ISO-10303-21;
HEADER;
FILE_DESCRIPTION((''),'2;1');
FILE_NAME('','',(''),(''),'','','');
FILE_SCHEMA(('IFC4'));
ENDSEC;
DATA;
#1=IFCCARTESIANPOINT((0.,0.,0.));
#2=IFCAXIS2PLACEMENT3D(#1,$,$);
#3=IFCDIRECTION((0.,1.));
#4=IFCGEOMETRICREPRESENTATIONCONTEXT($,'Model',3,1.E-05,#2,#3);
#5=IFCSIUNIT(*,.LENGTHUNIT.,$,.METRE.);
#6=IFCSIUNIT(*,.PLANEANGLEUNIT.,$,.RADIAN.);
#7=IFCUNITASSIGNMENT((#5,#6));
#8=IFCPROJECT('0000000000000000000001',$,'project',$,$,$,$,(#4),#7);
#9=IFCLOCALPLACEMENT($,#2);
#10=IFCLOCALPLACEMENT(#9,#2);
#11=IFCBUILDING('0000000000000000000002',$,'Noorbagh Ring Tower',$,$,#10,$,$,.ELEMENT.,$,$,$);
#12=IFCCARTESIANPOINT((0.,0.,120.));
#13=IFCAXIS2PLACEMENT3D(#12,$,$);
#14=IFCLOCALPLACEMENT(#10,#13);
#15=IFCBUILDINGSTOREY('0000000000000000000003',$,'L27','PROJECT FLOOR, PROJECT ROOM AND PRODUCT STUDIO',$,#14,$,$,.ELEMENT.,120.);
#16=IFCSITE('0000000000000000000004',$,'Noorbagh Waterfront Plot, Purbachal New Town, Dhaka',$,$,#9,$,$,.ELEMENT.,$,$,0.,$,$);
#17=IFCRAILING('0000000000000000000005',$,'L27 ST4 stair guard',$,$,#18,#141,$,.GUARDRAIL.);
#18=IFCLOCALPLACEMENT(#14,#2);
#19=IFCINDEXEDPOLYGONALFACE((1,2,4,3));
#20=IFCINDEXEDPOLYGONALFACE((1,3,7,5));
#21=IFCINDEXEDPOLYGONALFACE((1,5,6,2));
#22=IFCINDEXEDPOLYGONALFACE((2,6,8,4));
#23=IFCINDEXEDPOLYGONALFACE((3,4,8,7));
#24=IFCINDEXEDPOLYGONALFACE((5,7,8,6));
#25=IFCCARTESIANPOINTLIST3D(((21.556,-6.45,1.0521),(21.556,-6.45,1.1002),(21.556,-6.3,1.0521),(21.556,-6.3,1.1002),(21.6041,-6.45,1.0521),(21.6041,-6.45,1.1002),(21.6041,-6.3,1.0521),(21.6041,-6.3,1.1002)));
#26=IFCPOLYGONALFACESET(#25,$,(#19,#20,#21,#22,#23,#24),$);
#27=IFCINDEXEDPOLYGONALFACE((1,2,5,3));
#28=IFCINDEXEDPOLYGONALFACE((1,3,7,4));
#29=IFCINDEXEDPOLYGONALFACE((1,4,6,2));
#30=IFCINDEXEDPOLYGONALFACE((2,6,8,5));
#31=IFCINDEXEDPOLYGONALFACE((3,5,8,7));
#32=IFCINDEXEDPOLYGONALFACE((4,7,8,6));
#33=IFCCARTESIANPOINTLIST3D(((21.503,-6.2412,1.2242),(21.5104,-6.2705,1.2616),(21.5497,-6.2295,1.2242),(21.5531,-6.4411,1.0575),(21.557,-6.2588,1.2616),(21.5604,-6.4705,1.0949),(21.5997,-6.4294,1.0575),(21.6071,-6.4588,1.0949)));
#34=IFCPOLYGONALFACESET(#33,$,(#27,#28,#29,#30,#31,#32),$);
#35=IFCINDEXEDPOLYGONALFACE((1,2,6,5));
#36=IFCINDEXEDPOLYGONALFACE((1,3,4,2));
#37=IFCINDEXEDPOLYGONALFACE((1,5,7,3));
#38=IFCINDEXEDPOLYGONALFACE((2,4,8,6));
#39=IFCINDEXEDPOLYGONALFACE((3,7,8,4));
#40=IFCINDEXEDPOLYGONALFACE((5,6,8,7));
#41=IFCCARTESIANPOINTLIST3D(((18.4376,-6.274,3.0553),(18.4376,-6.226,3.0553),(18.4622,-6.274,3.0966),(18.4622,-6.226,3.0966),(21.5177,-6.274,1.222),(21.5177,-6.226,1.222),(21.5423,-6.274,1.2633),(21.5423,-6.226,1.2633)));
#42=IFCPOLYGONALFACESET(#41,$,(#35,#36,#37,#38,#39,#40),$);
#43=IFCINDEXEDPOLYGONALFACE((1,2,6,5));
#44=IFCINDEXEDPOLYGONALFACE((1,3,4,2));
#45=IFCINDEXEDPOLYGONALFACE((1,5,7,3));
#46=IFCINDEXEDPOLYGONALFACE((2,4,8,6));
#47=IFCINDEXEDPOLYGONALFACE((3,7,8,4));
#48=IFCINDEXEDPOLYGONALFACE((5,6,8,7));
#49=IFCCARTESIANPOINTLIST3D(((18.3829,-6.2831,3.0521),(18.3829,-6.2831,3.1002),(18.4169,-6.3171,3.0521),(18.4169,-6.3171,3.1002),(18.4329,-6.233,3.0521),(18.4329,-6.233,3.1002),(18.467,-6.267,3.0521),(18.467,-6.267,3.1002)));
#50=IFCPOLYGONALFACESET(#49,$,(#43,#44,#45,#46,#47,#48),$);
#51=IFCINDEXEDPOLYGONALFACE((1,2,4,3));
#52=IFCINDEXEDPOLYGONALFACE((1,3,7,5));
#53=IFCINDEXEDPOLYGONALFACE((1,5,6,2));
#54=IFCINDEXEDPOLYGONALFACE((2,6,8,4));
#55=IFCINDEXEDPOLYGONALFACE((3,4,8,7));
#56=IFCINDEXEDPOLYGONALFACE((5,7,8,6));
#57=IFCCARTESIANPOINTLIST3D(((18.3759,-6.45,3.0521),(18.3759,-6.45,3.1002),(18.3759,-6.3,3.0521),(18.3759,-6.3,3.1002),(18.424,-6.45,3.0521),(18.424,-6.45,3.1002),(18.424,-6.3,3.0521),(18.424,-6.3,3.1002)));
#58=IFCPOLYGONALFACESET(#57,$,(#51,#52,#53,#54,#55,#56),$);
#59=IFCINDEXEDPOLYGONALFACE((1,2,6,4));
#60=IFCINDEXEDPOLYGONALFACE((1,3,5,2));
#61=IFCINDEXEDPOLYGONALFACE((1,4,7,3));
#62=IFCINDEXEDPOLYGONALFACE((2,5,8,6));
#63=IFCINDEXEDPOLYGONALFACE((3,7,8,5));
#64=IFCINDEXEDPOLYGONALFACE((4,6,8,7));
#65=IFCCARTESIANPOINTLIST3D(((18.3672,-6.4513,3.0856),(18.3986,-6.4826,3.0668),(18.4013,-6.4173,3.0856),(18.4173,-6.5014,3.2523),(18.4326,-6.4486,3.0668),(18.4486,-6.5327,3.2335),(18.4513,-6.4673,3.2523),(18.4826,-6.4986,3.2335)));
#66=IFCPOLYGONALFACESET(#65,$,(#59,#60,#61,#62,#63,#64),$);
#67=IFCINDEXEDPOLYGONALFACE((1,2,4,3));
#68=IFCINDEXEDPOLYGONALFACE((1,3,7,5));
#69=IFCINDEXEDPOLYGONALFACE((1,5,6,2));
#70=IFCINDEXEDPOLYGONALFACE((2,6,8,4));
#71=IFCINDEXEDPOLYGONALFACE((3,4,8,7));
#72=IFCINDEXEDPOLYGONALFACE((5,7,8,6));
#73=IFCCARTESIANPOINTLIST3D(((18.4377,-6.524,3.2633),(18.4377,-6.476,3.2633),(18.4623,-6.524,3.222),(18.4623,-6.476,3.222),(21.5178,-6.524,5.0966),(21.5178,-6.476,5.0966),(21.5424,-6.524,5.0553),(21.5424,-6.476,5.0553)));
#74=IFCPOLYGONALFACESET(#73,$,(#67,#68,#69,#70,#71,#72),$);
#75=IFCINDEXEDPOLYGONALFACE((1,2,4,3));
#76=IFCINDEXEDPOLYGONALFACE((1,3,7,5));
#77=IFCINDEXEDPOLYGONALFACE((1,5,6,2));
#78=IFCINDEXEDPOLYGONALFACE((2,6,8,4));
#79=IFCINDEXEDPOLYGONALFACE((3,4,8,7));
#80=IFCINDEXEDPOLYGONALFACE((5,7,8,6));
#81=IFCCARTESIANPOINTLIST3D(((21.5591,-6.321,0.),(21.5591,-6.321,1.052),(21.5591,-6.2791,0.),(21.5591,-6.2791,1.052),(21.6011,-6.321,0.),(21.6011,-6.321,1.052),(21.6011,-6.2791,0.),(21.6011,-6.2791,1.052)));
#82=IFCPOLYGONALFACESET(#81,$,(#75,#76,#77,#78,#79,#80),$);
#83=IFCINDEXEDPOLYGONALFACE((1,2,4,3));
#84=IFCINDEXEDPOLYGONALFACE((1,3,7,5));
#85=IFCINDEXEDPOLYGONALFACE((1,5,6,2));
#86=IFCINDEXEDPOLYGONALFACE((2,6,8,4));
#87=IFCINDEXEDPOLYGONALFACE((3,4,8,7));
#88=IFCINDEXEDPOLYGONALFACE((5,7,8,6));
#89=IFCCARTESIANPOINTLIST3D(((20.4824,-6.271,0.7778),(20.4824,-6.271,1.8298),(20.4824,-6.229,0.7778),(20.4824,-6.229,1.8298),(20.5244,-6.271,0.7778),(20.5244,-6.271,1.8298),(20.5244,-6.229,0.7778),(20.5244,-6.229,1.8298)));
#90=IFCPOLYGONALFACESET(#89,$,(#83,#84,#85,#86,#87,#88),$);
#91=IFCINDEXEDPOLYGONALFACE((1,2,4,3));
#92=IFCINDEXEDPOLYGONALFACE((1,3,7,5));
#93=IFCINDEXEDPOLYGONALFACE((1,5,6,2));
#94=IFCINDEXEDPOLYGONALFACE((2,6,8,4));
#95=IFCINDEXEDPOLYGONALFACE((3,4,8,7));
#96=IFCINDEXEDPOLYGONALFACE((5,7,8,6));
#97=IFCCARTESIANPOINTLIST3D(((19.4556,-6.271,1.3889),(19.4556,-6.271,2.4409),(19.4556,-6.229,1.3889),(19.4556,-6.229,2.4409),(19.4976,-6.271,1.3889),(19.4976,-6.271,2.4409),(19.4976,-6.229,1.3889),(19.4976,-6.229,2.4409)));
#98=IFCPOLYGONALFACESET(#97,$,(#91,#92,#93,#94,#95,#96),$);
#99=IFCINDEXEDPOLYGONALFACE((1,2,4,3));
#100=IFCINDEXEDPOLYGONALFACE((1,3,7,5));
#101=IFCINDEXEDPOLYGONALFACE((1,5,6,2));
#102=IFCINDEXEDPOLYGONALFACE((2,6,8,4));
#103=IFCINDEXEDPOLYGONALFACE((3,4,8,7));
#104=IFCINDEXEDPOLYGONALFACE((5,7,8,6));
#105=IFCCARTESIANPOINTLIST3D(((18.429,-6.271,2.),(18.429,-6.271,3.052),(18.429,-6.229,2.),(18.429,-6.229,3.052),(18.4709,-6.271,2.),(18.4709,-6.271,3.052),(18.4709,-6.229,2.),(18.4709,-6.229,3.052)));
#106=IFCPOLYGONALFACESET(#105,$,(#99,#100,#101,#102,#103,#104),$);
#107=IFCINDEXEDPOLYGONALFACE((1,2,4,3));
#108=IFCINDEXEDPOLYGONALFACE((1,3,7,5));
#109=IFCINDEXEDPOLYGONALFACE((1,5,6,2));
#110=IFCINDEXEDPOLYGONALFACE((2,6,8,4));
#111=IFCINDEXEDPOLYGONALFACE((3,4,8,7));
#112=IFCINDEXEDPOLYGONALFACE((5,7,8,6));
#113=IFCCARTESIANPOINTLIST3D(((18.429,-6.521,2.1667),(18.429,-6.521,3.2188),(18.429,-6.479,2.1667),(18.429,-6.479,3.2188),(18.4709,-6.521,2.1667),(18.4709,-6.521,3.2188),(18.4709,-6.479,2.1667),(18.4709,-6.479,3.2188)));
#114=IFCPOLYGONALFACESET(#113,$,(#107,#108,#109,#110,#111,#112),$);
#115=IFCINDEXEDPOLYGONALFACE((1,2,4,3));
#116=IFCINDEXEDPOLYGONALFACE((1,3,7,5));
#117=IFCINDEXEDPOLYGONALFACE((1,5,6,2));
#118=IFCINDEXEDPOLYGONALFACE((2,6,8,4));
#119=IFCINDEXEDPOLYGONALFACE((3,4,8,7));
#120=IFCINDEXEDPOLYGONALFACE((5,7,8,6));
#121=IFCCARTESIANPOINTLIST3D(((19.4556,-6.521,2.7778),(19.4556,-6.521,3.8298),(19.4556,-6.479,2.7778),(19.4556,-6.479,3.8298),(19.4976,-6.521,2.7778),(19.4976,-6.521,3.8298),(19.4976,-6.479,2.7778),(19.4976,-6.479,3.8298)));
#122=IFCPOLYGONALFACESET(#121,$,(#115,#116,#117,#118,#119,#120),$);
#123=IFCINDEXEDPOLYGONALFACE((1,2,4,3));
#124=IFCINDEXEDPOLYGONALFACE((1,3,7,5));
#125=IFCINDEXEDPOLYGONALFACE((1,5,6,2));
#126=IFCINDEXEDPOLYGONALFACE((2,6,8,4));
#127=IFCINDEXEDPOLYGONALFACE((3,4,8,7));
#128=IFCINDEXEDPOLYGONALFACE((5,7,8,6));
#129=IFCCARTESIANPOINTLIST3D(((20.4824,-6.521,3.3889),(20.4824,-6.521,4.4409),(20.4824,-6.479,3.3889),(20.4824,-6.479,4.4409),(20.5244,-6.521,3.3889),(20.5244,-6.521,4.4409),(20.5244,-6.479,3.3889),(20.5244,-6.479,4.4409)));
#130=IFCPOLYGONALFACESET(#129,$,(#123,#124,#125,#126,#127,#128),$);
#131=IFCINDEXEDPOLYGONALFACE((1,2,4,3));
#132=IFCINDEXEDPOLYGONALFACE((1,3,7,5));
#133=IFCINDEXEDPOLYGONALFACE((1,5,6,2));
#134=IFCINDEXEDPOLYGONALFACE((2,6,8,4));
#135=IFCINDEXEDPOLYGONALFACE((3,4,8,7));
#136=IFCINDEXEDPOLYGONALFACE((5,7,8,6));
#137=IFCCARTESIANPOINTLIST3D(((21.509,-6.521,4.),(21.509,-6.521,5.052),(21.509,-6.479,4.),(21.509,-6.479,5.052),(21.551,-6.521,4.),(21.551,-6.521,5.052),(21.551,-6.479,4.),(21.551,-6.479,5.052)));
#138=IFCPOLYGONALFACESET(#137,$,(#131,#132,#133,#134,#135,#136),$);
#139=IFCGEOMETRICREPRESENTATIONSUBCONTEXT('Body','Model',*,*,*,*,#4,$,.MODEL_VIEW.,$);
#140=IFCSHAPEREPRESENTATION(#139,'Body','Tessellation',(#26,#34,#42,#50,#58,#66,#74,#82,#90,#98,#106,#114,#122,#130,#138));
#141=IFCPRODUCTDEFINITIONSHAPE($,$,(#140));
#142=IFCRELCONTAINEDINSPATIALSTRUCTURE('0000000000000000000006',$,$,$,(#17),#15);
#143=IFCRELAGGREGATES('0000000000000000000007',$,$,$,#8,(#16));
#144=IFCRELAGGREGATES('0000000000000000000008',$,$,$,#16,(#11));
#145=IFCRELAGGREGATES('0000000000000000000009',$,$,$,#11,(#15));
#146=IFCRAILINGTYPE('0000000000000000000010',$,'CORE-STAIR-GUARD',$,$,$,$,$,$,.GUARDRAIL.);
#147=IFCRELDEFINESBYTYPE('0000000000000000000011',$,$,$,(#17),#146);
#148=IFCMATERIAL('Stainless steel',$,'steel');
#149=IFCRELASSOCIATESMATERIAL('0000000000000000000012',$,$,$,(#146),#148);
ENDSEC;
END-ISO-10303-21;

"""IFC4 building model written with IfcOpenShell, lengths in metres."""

from ifc_helpers import new_model, si_unit, direction, frame, origin, origin_2d, place, context, subcontext, project, spatial, rectangle, extrude, material, type_object, element, save


model = new_model("IFC4")

# Units and contexts
model_context = context("Model", 3, precision=1e-05, world=origin(), true_north=direction((0.0, 1.0)))
body_context = subcontext(model_context, "Body", "Model", "MODEL_VIEW")
ifc_project = project(units=[si_unit("LENGTHUNIT", "METRE"), si_unit("PLANEANGLEUNIT", "RADIAN")], contexts=[model_context])

# Site, building, storey
site_placement = place(None, origin())
site = spatial("IfcSite", under=ifc_project, at=site_placement, Name="Noorbagh Waterfront Plot, Purbachal New Town, Dhaka", CompositionType="ELEMENT", RefElevation=0.0)
building_placement = place(site_placement, origin())
building = spatial("IfcBuilding", under=site, at=building_placement, Name="Noorbagh Ring Tower", CompositionType="ELEMENT")
storey_placement = place(building_placement, frame((0.0, 0.0, 120.0)))
storey = spatial("IfcBuildingStorey", under=building, at=storey_placement, Name="L27", Description="PROJECT FLOOR, PROJECT ROOM AND PRODUCT STUDIO", CompositionType="ELEMENT", Elevation=120.0)

# Railing
ifc_material_1 = material(Name="Stainless steel", Category="steel")
railing_type_1 = type_object("IfcRailingType", Name="CORE-STAIR-GUARD", PredefinedType="GUARDRAIL", material=ifc_material_1)
railing_1_placement = place(storey_placement, frame((21.5801, -6.3, 0.0)))
element("IfcRailing", 1, at=railing_1_placement, inside=storey, type_object=railing_type_1, Name="L27 ST4 stair guard", PredefinedType="GUARDRAIL", context=body_context, shape_type="SweptSolid", body=[
    extrude(rectangle(XDim=0.0481, YDim=0.0481, at=origin_2d()), frame((0.0, 0.0, 1.0762), z_axis=(0.0, -1.0, 0.0), x_axis=(1.0, 0.0, 0.0)), (0.0, 0.0, 1.0), 0.1499),
    extrude(rectangle(XDim=0.0481, YDim=0.0481, at=origin_2d()), frame((0.0, -0.1499, 1.0762), z_axis=(-0.188776, 0.754182, 0.628946), x_axis=(-0.970073, -0.242814, 0.0)), (0.0, 0.0, 1.0), 0.2651),
    extrude(rectangle(XDim=0.0481, YDim=0.0481, at=origin_2d()), frame((-0.05, 0.05, 1.2427), z_axis=(-0.859309, 0.0, 0.511458), x_axis=(0.0, -1.0, 0.0)), (0.0, 0.0, 1.0), 3.5845),
    extrude(rectangle(XDim=0.0481, YDim=0.0481, at=origin_2d()), frame((-3.1301, 0.05, 3.0762), z_axis=(-0.707107, -0.707107, 0.0), x_axis=(0.707107, -0.707107, 0.0)), (0.0, 0.0, 1.0), 0.0708),
    extrude(rectangle(XDim=0.0481, YDim=0.0481, at=origin_2d()), frame((-3.1802, 0.0, 3.0762), z_axis=(0.0, -1.0, 0.0), x_axis=(1.0, 0.0, 0.0)), (0.0, 0.0, 1.0), 0.1499),
    extrude(rectangle(XDim=0.0481, YDim=0.0481, at=origin_2d()), frame((-3.1802, -0.1499, 3.0762), z_axis=(0.276287, -0.276287, 0.920506), x_axis=(0.707107, 0.707107, 0.0)), (0.0, 0.0, 1.0), 0.1812),
    extrude(rectangle(XDim=0.0481, YDim=0.0481, at=origin_2d()), frame((-3.1301, -0.2, 3.2427), z_axis=(0.859309, 0.0, 0.511458), x_axis=(0.0, 1.0, 0.0)), (0.0, 0.0, 1.0), 3.5845),
    extrude(rectangle(XDim=0.042, YDim=0.042, at=origin_2d()), origin(), (0.0, 0.0, 1.0), 1.052),
    extrude(rectangle(XDim=0.042, YDim=0.042, at=origin_2d()), frame((-1.0767, 0.05, 0.7778)), (0.0, 0.0, 1.0), 1.052),
    extrude(rectangle(XDim=0.042, YDim=0.042, at=origin_2d()), frame((-2.1035, 0.05, 1.3889)), (0.0, 0.0, 1.0), 1.052),
    extrude(rectangle(XDim=0.042, YDim=0.042, at=origin_2d()), frame((-3.1301, 0.05, 2.0)), (0.0, 0.0, 1.0), 1.052),
    extrude(rectangle(XDim=0.042, YDim=0.042, at=origin_2d()), frame((-3.1301, -0.2, 2.1667)), (0.0, 0.0, 1.0), 1.052),
    extrude(rectangle(XDim=0.042, YDim=0.042, at=origin_2d()), frame((-2.1035, -0.2, 2.7778)), (0.0, 0.0, 1.0), 1.052),
    extrude(rectangle(XDim=0.042, YDim=0.042, at=origin_2d()), frame((-1.0767, -0.2, 3.3889)), (0.0, 0.0, 1.0), 1.052),
    extrude(rectangle(XDim=0.042, YDim=0.042, at=origin_2d()), frame((-0.05, -0.2, 4.0)), (0.0, 0.0, 1.0), 1.052),
])

save(model, "model.ifc")
